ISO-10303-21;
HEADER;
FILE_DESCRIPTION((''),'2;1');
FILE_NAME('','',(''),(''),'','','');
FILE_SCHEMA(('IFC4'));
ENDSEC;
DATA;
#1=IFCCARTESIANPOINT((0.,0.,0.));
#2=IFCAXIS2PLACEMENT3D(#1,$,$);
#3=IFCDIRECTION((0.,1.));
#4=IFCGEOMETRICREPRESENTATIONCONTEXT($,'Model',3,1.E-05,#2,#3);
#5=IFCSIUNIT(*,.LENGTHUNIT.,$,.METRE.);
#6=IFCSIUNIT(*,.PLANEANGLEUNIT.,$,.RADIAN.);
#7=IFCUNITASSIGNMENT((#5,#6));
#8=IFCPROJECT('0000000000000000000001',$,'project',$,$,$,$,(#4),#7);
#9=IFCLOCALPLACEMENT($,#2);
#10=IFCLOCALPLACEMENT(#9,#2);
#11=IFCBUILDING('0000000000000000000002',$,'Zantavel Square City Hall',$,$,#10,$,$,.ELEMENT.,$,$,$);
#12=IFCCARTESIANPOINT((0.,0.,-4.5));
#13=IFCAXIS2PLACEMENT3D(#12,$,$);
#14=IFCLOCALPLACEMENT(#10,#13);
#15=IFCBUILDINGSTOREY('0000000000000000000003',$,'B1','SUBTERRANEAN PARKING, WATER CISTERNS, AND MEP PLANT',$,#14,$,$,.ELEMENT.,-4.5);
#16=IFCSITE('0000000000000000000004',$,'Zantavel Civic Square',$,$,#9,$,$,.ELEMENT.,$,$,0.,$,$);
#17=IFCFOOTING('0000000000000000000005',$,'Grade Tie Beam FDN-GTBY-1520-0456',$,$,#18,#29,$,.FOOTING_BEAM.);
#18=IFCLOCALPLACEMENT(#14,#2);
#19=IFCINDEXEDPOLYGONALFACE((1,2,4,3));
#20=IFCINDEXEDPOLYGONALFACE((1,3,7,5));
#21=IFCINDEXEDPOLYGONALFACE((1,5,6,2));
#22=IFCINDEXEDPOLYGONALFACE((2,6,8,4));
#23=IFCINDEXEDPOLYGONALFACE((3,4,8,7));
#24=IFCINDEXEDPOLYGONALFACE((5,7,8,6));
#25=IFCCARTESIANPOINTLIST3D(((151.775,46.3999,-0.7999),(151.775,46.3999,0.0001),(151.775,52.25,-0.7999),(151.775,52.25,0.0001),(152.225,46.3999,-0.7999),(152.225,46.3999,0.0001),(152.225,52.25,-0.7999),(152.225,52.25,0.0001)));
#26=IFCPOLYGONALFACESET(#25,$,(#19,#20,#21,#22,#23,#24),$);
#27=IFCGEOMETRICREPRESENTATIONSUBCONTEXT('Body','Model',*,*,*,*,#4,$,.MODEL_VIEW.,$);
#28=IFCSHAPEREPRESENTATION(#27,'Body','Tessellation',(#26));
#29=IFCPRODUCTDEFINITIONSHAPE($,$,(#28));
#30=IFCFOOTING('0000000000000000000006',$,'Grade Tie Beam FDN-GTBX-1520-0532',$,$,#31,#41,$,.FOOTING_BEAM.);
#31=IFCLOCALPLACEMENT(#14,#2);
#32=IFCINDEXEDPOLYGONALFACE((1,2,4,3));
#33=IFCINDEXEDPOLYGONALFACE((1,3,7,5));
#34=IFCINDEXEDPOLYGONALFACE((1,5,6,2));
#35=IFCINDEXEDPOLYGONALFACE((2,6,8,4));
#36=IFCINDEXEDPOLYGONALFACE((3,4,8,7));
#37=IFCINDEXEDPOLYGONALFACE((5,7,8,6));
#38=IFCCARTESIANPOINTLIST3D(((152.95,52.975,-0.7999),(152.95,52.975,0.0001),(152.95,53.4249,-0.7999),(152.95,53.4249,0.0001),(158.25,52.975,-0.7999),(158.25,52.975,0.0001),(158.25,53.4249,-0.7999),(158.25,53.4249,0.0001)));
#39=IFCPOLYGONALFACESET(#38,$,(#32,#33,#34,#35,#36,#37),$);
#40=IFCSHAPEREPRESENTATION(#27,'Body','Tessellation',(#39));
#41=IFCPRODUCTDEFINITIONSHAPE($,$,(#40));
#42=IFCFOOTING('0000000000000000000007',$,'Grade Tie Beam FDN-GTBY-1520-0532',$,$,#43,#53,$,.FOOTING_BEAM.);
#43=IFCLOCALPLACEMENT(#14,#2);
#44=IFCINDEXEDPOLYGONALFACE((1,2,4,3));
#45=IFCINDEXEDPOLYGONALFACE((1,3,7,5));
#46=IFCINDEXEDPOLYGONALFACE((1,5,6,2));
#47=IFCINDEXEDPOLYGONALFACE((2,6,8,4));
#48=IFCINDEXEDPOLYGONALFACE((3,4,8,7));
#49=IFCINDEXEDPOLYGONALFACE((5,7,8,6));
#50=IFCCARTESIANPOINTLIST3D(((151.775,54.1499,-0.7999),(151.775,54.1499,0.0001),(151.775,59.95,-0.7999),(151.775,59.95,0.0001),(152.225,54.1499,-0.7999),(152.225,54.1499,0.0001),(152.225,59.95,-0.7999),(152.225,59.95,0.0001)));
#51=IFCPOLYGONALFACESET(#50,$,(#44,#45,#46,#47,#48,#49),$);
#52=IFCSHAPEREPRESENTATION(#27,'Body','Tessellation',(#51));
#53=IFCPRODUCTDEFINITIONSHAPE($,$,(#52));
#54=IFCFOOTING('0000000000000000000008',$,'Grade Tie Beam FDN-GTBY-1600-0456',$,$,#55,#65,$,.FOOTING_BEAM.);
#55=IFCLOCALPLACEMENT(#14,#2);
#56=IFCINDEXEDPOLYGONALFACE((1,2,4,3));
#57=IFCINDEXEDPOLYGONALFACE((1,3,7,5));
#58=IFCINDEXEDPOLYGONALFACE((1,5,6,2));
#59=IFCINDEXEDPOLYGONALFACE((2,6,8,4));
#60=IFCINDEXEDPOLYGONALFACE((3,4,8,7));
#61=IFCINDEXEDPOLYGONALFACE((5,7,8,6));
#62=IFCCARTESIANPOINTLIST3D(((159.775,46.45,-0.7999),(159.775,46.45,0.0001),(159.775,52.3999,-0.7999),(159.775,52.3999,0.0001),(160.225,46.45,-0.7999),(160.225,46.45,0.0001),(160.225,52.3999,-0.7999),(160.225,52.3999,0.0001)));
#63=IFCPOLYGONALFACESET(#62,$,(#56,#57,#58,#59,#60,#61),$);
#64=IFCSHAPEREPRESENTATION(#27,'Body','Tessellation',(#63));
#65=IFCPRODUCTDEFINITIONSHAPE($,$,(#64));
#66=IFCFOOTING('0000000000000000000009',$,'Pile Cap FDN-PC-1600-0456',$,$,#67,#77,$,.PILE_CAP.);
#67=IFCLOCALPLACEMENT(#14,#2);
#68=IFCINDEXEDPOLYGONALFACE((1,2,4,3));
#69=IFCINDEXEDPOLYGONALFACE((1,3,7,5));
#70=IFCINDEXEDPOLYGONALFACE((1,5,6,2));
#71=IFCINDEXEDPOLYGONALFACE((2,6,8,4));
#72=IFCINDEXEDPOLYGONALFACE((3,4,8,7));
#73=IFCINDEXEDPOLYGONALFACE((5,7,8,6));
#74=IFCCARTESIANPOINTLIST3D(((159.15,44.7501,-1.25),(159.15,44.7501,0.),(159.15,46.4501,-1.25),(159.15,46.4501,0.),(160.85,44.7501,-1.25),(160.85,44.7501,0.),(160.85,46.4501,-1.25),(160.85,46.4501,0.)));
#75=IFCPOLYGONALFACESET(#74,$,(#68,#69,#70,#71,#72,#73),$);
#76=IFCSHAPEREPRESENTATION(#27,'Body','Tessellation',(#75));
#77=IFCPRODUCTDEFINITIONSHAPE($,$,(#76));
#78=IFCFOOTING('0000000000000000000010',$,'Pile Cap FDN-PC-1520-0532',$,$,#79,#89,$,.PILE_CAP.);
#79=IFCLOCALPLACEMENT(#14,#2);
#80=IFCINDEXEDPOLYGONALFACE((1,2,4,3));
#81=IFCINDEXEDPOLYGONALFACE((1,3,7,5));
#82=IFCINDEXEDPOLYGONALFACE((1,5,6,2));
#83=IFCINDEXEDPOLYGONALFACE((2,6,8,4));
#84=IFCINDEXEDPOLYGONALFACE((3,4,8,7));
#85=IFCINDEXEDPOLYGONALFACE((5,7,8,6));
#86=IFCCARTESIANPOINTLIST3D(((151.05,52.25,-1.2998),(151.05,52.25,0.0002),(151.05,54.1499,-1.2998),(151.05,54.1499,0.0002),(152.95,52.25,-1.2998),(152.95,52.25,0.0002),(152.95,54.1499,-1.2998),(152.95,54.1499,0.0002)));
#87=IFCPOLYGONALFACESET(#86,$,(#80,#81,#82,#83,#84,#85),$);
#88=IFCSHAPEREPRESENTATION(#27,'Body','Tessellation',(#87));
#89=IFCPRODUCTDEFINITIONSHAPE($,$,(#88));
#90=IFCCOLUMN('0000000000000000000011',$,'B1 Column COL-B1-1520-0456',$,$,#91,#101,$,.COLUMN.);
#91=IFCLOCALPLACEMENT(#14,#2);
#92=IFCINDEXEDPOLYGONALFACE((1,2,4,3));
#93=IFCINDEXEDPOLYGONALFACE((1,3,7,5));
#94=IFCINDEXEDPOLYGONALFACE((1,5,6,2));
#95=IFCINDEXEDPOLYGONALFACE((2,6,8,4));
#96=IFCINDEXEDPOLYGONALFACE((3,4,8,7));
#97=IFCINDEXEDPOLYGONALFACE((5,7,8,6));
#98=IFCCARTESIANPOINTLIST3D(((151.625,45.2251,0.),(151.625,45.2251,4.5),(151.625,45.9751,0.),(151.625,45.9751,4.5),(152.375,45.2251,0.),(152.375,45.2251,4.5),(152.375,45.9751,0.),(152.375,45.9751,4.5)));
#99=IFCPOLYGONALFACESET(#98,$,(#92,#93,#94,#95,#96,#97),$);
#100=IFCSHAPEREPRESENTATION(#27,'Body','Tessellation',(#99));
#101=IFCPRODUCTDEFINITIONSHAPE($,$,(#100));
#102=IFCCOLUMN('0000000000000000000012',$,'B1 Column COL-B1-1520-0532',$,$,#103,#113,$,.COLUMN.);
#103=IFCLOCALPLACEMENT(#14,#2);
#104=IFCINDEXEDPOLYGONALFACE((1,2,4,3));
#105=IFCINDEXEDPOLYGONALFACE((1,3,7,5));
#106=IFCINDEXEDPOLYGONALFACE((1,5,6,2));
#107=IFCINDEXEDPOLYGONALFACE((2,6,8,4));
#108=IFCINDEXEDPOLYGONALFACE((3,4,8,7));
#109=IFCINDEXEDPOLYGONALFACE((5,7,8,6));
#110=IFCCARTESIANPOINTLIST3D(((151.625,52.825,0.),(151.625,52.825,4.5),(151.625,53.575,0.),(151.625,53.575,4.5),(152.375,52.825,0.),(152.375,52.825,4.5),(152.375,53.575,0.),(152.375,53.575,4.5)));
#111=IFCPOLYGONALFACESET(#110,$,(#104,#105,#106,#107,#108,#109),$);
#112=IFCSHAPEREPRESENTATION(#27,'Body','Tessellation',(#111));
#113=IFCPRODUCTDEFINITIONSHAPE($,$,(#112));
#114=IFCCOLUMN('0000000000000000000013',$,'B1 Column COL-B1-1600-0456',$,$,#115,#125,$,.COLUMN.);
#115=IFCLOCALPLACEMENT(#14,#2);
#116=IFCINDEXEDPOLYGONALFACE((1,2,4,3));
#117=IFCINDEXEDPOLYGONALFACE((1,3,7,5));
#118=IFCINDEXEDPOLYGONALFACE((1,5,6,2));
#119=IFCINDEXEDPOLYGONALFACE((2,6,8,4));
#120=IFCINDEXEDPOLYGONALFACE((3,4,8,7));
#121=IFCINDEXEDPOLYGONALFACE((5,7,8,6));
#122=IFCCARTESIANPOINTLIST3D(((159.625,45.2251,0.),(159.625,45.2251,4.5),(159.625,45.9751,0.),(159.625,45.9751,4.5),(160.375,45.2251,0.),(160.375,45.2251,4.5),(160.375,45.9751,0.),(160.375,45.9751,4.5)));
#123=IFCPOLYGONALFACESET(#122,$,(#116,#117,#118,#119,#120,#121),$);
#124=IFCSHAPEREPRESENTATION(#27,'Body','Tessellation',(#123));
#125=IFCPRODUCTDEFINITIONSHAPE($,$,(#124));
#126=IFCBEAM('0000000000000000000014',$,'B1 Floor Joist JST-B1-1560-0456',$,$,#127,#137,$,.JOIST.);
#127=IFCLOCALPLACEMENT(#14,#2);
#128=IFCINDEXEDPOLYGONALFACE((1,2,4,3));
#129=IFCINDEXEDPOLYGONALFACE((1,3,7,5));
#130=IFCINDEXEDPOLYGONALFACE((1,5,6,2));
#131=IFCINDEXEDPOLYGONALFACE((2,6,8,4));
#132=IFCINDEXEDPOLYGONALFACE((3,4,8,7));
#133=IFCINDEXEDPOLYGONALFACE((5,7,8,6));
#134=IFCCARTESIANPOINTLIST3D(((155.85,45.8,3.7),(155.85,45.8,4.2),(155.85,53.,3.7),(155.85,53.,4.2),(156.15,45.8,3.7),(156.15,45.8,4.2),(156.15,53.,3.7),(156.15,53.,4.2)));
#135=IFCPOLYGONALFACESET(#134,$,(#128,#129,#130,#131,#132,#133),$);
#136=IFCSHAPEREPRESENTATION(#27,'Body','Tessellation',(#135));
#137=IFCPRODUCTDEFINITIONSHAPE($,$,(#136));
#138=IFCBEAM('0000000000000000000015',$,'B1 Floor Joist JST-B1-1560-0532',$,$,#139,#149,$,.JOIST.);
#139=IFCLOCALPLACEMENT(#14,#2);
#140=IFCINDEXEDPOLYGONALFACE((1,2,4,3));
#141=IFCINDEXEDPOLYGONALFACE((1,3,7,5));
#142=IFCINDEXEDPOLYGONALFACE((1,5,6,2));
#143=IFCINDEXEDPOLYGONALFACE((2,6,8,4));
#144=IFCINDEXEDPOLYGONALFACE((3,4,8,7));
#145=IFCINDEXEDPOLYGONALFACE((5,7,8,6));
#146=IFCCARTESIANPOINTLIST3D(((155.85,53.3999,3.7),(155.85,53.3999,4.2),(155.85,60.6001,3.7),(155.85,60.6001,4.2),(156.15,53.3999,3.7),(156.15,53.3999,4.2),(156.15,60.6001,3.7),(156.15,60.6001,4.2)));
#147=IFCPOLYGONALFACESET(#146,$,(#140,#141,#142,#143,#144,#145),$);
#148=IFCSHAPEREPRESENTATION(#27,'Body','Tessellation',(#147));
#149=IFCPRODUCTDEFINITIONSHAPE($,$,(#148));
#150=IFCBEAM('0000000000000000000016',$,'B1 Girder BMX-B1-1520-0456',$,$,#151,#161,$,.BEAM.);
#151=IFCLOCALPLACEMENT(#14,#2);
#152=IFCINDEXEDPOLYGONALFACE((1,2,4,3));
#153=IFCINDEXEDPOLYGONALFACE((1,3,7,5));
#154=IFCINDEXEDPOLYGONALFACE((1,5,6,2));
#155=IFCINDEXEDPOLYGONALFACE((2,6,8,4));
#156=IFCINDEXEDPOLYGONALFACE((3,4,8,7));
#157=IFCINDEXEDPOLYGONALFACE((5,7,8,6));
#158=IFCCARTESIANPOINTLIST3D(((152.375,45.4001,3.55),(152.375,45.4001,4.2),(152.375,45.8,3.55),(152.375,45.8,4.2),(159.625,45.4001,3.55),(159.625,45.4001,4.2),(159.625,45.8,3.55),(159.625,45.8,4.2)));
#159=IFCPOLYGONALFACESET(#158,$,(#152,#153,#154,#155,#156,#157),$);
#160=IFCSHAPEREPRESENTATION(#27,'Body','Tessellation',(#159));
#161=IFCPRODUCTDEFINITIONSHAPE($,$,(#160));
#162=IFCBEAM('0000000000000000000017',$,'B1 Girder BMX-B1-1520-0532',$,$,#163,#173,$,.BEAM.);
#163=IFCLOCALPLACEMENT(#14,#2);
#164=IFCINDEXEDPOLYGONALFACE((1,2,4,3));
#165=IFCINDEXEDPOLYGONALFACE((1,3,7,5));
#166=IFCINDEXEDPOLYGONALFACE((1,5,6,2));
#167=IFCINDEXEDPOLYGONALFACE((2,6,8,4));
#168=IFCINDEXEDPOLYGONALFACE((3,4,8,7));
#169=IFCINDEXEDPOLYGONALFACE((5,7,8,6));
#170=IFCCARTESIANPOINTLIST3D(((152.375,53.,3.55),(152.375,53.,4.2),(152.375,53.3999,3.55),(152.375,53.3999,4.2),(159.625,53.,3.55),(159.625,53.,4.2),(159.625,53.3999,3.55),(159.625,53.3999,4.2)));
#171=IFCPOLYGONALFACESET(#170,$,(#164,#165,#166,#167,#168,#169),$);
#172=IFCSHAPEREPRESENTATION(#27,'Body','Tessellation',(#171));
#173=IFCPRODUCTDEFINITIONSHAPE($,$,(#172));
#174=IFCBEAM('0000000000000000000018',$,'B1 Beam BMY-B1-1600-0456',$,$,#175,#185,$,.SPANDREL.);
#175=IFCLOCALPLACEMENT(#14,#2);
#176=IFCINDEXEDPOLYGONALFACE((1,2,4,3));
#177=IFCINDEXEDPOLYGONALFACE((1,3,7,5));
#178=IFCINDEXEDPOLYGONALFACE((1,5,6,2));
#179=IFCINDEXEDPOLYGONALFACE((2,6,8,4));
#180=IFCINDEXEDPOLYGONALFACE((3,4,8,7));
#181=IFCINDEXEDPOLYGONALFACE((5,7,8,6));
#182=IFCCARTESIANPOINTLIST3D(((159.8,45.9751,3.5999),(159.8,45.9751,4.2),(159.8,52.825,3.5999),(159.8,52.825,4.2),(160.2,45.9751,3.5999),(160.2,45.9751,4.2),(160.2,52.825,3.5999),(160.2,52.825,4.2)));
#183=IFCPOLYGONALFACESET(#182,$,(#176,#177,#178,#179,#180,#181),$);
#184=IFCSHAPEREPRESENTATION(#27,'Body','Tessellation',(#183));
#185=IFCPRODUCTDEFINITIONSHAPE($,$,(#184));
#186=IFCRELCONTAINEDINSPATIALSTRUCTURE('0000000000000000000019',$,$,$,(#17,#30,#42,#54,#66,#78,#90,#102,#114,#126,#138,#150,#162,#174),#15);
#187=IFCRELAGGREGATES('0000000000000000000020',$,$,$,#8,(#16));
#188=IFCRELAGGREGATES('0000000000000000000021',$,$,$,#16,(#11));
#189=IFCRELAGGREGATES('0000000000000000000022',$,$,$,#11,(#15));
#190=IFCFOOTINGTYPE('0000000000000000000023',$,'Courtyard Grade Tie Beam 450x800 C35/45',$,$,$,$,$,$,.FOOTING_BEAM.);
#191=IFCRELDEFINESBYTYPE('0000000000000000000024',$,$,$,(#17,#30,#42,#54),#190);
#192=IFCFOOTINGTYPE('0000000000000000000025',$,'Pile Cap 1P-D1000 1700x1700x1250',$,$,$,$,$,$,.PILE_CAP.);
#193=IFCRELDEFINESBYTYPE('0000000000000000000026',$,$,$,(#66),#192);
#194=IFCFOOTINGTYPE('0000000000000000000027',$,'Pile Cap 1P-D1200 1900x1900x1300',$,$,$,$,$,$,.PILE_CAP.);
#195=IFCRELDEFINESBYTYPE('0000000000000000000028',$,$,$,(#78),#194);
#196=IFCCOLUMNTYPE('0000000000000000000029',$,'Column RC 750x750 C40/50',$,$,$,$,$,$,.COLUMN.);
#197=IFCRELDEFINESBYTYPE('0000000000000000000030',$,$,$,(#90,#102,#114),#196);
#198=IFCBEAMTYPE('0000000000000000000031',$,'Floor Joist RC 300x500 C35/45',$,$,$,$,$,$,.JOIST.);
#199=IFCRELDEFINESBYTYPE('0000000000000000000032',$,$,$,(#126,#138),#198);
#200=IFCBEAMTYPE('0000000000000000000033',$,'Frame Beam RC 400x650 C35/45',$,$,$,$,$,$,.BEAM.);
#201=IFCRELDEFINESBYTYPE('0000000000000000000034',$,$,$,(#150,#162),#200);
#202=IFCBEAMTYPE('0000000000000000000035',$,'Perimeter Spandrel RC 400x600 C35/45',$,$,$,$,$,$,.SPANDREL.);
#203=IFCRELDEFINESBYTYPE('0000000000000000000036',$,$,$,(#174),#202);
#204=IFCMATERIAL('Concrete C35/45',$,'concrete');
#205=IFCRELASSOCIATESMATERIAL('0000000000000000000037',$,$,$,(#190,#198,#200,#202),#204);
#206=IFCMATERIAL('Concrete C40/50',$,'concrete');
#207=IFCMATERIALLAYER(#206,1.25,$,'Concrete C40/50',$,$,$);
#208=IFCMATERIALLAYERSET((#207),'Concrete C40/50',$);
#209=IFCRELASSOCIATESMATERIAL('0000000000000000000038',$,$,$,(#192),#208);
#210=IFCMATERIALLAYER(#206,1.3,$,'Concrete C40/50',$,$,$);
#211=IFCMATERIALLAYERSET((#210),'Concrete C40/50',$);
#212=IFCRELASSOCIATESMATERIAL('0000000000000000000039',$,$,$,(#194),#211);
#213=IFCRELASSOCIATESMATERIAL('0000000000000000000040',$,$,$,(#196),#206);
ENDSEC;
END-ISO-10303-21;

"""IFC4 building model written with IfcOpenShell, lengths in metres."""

from ifc_helpers import new_model, si_unit, direction, frame, origin, origin_2d, place, context, subcontext, project, spatial, rectangle, extrude, material, layer, layer_set, material_profile, profile_set, type_object, element, save


model = new_model("IFC4")

# Units and contexts
model_context = context("Model", 3, precision=1e-05, world=origin(), true_north=direction((0.0, 1.0)))
body_context = subcontext(model_context, "Body", "Model", "MODEL_VIEW")
ifc_project = project(units=[si_unit("LENGTHUNIT", "METRE"), si_unit("PLANEANGLEUNIT", "RADIAN")], contexts=[model_context])

# Site, building, storey
site_placement = place(None, origin())
site = spatial("IfcSite", under=ifc_project, at=site_placement, Name="Zantavel Civic Square", CompositionType="ELEMENT", RefElevation=0.0)
building_placement = place(site_placement, origin())
building = spatial("IfcBuilding", under=site, at=building_placement, Name="Zantavel Square City Hall", CompositionType="ELEMENT")
storey_placement = place(building_placement, frame((0.0, 0.0, -4.5)))
storey = spatial("IfcBuildingStorey", under=building, at=storey_placement, Name="B1", Description="SUBTERRANEAN PARKING, WATER CISTERNS, AND MEP PLANT", CompositionType="ELEMENT", Elevation=-4.5)

# Shared definitions
ifc_material_1 = material(Name="Concrete C35/45", Category="concrete")

# Footings
ifc_material_profile_1 = material_profile(ifc_material_1, rectangle(XDim=0.45, YDim=0.8, at=origin_2d()), Name="RC 450x800")
ifc_profile_set_1 = profile_set([ifc_material_profile_1], Name="Concrete C35/45")
footing_type_1 = type_object("IfcFootingType", Name="Courtyard Grade Tie Beam 450x800 C35/45", PredefinedType="FOOTING_BEAM", material=ifc_profile_set_1)
footing_1_placement = place(storey_placement, frame((152.0, 46.3999, -0.3999), z_axis=(0.0, 1.0, 0.0), x_axis=(-1.0, 0.0, 0.0)))
element("IfcFooting", 1, at=footing_1_placement, inside=storey, type_object=footing_type_1, Name="Grade Tie Beam FDN-GTBY-1520-0456", PredefinedType="FOOTING_BEAM", context=body_context, shape_type="SweptSolid", body=[
    extrude(rectangle(XDim=0.45, YDim=0.8, at=origin_2d()), origin(), (0.0, 0.0, 1.0), 5.8501),
])
footing_2_placement = place(storey_placement, frame((152.95, 53.2, -0.3999), z_axis=(1.0, 0.0, 0.0), x_axis=(0.0, 1.0, 0.0)))
element("IfcFooting", 2, at=footing_2_placement, inside=storey, type_object=footing_type_1, Name="Grade Tie Beam FDN-GTBX-1520-0532", PredefinedType="FOOTING_BEAM", context=body_context, shape_type="SweptSolid", body=[
    extrude(rectangle(XDim=0.45, YDim=0.8, at=origin_2d()), origin(), (0.0, 0.0, 1.0), 5.3),
])
footing_3_placement = place(storey_placement, frame((152.0, 54.1499, -0.3999), z_axis=(0.0, 1.0, 0.0), x_axis=(-1.0, 0.0, 0.0)))
element("IfcFooting", 3, at=footing_3_placement, inside=storey, type_object=footing_type_1, Name="Grade Tie Beam FDN-GTBY-1520-0532", PredefinedType="FOOTING_BEAM", context=body_context, shape_type="SweptSolid", body=[
    extrude(rectangle(XDim=0.45, YDim=0.8, at=origin_2d()), origin(), (0.0, 0.0, 1.0), 5.8),
])
footing_4_placement = place(storey_placement, frame((160.0, 46.45, -0.3999), z_axis=(0.0, 1.0, 0.0), x_axis=(-1.0, 0.0, 0.0)))
element("IfcFooting", 4, at=footing_4_placement, inside=storey, type_object=footing_type_1, Name="Grade Tie Beam FDN-GTBY-1600-0456", PredefinedType="FOOTING_BEAM", context=body_context, shape_type="SweptSolid", body=[
    extrude(rectangle(XDim=0.45, YDim=0.8, at=origin_2d()), origin(), (0.0, 0.0, 1.0), 5.95),
])
ifc_material_2 = material(Name="Concrete C40/50", Category="concrete")
ifc_layer_1 = layer(ifc_material_2, 1.25, Name="Concrete C40/50")
ifc_layer_set_1 = layer_set([ifc_layer_1], Name="Concrete C40/50")
footing_type_2 = type_object("IfcFootingType", Name="Pile Cap 1P-D1000 1700x1700x1250", PredefinedType="PILE_CAP", material=ifc_layer_set_1)
footing_5_placement = place(storey_placement, frame((160.0, 45.6001, -1.25), z_axis=(0.0, 0.0, 1.0), x_axis=(1.0, 0.0, 0.0)))
element("IfcFooting", 5, at=footing_5_placement, inside=storey, type_object=footing_type_2, Name="Pile Cap FDN-PC-1600-0456", PredefinedType="PILE_CAP", context=body_context, shape_type="SweptSolid", body=[
    extrude(rectangle(XDim=1.7, YDim=1.7, at=origin_2d()), origin(), (0.0, 0.0, 1.0), 1.25),
])
ifc_layer_2 = layer(ifc_material_2, 1.3, Name="Concrete C40/50")
ifc_layer_set_2 = layer_set([ifc_layer_2], Name="Concrete C40/50")
footing_type_3 = type_object("IfcFootingType", Name="Pile Cap 1P-D1200 1900x1900x1300", PredefinedType="PILE_CAP", material=ifc_layer_set_2)
footing_6_placement = place(storey_placement, frame((152.0, 53.2, -1.2998), z_axis=(0.0, 0.0, 1.0), x_axis=(1.0, 0.0, 0.0)))
element("IfcFooting", 6, at=footing_6_placement, inside=storey, type_object=footing_type_3, Name="Pile Cap FDN-PC-1520-0532", PredefinedType="PILE_CAP", context=body_context, shape_type="SweptSolid", body=[
    extrude(rectangle(XDim=1.8999, YDim=1.8999, at=origin_2d()), origin(), (0.0, 0.0, 1.0), 1.3),
])

# Columns
ifc_material_profile_2 = material_profile(ifc_material_2, rectangle(XDim=0.75, YDim=0.75, at=origin_2d()), Name="RC 750x750")
ifc_profile_set_2 = profile_set([ifc_material_profile_2], Name="Concrete C40/50")
column_type = type_object("IfcColumnType", Name="Column RC 750x750 C40/50", PredefinedType="COLUMN", material=ifc_profile_set_2)
for number, where, z_axis, x_axis, name in (
    (7, (152.0, 45.6001, 0.0), (0.0, 0.0, 1.0), (1.0, 0.0, 0.0), "B1 Column COL-B1-1520-0456"),
    (8, (152.0, 53.2, 0.0), (0.0, 0.0, 1.0), (1.0, 0.0, 0.0), "B1 Column COL-B1-1520-0532"),
    (9, (160.0, 45.6001, 0.0), (0.0, 0.0, 1.0), (1.0, 0.0, 0.0), "B1 Column COL-B1-1600-0456"),
):
    element("IfcColumn", number, at=place(storey_placement, frame(where, z_axis=z_axis, x_axis=x_axis)), inside=storey, type_object=column_type, Name=name, PredefinedType="COLUMN", context=body_context, shape_type="SweptSolid", body=[
        extrude(rectangle(XDim=0.75, YDim=0.75, at=origin_2d()), origin(), (0.0, 0.0, 1.0), 4.5),
    ])

# Beams
ifc_material_profile_3 = material_profile(ifc_material_1, rectangle(XDim=0.3, YDim=0.5, at=origin_2d()), Name="RC 300x500")
ifc_profile_set_3 = profile_set([ifc_material_profile_3], Name="Concrete C35/45")
beam_type_1 = type_object("IfcBeamType", Name="Floor Joist RC 300x500 C35/45", PredefinedType="JOIST", material=ifc_profile_set_3)
beam_1_placement = place(storey_placement, frame((156.0, 45.8, 3.95), z_axis=(0.0, 1.0, 0.0), x_axis=(-1.0, 0.0, 0.0)))
element("IfcBeam", 10, at=beam_1_placement, inside=storey, type_object=beam_type_1, Name="B1 Floor Joist JST-B1-1560-0456", PredefinedType="JOIST", context=body_context, shape_type="SweptSolid", body=[
    extrude(rectangle(XDim=0.3, YDim=0.5, at=origin_2d()), origin(), (0.0, 0.0, 1.0), 7.2),
])
beam_2_placement = place(storey_placement, frame((156.0, 53.3999, 3.95), z_axis=(0.0, 1.0, 0.0), x_axis=(-1.0, 0.0, 0.0)))
element("IfcBeam", 11, at=beam_2_placement, inside=storey, type_object=beam_type_1, Name="B1 Floor Joist JST-B1-1560-0532", PredefinedType="JOIST", context=body_context, shape_type="SweptSolid", body=[
    extrude(rectangle(XDim=0.3, YDim=0.5, at=origin_2d()), origin(), (0.0, 0.0, 1.0), 7.2002),
])
ifc_material_profile_4 = material_profile(ifc_material_1, rectangle(XDim=0.3999, YDim=0.6499, at=origin_2d()), Name="RC 400x650")
ifc_profile_set_4 = profile_set([ifc_material_profile_4], Name="Concrete C35/45")
beam_type_2 = type_object("IfcBeamType", Name="Frame Beam RC 400x650 C35/45", PredefinedType="BEAM", material=ifc_profile_set_4)
for number, where, z_axis, x_axis, name in (
    (12, (152.375, 45.6001, 3.875), (1.0, 0.0, 0.0), (0.0, 1.0, 0.0), "B1 Girder BMX-B1-1520-0456"),
    (13, (152.375, 53.2, 3.875), (1.0, 0.0, 0.0), (0.0, 1.0, 0.0), "B1 Girder BMX-B1-1520-0532"),
):
    element("IfcBeam", number, at=place(storey_placement, frame(where, z_axis=z_axis, x_axis=x_axis)), inside=storey, type_object=beam_type_2, Name=name, PredefinedType="BEAM", context=body_context, shape_type="SweptSolid", body=[
        extrude(rectangle(XDim=0.3999, YDim=0.6499, at=origin_2d()), origin(), (0.0, 0.0, 1.0), 7.25),
    ])
ifc_material_profile_5 = material_profile(ifc_material_1, rectangle(XDim=0.3999, YDim=0.6001, at=origin_2d()), Name="RC 400x600")
ifc_profile_set_5 = profile_set([ifc_material_profile_5], Name="Concrete C35/45")
beam_type_3 = type_object("IfcBeamType", Name="Perimeter Spandrel RC 400x600 C35/45", PredefinedType="SPANDREL", material=ifc_profile_set_5)
beam_3_placement = place(storey_placement, frame((160.0, 45.9751, 3.8999), z_axis=(0.0, 1.0, 0.0), x_axis=(-1.0, 0.0, 0.0)))
element("IfcBeam", 14, at=beam_3_placement, inside=storey, type_object=beam_type_3, Name="B1 Beam BMY-B1-1600-0456", PredefinedType="SPANDREL", context=body_context, shape_type="SweptSolid", body=[
    extrude(rectangle(XDim=0.3999, YDim=0.6001, at=origin_2d()), origin(), (0.0, 0.0, 1.0), 6.8499),
])

save(model, "model.ifc")
